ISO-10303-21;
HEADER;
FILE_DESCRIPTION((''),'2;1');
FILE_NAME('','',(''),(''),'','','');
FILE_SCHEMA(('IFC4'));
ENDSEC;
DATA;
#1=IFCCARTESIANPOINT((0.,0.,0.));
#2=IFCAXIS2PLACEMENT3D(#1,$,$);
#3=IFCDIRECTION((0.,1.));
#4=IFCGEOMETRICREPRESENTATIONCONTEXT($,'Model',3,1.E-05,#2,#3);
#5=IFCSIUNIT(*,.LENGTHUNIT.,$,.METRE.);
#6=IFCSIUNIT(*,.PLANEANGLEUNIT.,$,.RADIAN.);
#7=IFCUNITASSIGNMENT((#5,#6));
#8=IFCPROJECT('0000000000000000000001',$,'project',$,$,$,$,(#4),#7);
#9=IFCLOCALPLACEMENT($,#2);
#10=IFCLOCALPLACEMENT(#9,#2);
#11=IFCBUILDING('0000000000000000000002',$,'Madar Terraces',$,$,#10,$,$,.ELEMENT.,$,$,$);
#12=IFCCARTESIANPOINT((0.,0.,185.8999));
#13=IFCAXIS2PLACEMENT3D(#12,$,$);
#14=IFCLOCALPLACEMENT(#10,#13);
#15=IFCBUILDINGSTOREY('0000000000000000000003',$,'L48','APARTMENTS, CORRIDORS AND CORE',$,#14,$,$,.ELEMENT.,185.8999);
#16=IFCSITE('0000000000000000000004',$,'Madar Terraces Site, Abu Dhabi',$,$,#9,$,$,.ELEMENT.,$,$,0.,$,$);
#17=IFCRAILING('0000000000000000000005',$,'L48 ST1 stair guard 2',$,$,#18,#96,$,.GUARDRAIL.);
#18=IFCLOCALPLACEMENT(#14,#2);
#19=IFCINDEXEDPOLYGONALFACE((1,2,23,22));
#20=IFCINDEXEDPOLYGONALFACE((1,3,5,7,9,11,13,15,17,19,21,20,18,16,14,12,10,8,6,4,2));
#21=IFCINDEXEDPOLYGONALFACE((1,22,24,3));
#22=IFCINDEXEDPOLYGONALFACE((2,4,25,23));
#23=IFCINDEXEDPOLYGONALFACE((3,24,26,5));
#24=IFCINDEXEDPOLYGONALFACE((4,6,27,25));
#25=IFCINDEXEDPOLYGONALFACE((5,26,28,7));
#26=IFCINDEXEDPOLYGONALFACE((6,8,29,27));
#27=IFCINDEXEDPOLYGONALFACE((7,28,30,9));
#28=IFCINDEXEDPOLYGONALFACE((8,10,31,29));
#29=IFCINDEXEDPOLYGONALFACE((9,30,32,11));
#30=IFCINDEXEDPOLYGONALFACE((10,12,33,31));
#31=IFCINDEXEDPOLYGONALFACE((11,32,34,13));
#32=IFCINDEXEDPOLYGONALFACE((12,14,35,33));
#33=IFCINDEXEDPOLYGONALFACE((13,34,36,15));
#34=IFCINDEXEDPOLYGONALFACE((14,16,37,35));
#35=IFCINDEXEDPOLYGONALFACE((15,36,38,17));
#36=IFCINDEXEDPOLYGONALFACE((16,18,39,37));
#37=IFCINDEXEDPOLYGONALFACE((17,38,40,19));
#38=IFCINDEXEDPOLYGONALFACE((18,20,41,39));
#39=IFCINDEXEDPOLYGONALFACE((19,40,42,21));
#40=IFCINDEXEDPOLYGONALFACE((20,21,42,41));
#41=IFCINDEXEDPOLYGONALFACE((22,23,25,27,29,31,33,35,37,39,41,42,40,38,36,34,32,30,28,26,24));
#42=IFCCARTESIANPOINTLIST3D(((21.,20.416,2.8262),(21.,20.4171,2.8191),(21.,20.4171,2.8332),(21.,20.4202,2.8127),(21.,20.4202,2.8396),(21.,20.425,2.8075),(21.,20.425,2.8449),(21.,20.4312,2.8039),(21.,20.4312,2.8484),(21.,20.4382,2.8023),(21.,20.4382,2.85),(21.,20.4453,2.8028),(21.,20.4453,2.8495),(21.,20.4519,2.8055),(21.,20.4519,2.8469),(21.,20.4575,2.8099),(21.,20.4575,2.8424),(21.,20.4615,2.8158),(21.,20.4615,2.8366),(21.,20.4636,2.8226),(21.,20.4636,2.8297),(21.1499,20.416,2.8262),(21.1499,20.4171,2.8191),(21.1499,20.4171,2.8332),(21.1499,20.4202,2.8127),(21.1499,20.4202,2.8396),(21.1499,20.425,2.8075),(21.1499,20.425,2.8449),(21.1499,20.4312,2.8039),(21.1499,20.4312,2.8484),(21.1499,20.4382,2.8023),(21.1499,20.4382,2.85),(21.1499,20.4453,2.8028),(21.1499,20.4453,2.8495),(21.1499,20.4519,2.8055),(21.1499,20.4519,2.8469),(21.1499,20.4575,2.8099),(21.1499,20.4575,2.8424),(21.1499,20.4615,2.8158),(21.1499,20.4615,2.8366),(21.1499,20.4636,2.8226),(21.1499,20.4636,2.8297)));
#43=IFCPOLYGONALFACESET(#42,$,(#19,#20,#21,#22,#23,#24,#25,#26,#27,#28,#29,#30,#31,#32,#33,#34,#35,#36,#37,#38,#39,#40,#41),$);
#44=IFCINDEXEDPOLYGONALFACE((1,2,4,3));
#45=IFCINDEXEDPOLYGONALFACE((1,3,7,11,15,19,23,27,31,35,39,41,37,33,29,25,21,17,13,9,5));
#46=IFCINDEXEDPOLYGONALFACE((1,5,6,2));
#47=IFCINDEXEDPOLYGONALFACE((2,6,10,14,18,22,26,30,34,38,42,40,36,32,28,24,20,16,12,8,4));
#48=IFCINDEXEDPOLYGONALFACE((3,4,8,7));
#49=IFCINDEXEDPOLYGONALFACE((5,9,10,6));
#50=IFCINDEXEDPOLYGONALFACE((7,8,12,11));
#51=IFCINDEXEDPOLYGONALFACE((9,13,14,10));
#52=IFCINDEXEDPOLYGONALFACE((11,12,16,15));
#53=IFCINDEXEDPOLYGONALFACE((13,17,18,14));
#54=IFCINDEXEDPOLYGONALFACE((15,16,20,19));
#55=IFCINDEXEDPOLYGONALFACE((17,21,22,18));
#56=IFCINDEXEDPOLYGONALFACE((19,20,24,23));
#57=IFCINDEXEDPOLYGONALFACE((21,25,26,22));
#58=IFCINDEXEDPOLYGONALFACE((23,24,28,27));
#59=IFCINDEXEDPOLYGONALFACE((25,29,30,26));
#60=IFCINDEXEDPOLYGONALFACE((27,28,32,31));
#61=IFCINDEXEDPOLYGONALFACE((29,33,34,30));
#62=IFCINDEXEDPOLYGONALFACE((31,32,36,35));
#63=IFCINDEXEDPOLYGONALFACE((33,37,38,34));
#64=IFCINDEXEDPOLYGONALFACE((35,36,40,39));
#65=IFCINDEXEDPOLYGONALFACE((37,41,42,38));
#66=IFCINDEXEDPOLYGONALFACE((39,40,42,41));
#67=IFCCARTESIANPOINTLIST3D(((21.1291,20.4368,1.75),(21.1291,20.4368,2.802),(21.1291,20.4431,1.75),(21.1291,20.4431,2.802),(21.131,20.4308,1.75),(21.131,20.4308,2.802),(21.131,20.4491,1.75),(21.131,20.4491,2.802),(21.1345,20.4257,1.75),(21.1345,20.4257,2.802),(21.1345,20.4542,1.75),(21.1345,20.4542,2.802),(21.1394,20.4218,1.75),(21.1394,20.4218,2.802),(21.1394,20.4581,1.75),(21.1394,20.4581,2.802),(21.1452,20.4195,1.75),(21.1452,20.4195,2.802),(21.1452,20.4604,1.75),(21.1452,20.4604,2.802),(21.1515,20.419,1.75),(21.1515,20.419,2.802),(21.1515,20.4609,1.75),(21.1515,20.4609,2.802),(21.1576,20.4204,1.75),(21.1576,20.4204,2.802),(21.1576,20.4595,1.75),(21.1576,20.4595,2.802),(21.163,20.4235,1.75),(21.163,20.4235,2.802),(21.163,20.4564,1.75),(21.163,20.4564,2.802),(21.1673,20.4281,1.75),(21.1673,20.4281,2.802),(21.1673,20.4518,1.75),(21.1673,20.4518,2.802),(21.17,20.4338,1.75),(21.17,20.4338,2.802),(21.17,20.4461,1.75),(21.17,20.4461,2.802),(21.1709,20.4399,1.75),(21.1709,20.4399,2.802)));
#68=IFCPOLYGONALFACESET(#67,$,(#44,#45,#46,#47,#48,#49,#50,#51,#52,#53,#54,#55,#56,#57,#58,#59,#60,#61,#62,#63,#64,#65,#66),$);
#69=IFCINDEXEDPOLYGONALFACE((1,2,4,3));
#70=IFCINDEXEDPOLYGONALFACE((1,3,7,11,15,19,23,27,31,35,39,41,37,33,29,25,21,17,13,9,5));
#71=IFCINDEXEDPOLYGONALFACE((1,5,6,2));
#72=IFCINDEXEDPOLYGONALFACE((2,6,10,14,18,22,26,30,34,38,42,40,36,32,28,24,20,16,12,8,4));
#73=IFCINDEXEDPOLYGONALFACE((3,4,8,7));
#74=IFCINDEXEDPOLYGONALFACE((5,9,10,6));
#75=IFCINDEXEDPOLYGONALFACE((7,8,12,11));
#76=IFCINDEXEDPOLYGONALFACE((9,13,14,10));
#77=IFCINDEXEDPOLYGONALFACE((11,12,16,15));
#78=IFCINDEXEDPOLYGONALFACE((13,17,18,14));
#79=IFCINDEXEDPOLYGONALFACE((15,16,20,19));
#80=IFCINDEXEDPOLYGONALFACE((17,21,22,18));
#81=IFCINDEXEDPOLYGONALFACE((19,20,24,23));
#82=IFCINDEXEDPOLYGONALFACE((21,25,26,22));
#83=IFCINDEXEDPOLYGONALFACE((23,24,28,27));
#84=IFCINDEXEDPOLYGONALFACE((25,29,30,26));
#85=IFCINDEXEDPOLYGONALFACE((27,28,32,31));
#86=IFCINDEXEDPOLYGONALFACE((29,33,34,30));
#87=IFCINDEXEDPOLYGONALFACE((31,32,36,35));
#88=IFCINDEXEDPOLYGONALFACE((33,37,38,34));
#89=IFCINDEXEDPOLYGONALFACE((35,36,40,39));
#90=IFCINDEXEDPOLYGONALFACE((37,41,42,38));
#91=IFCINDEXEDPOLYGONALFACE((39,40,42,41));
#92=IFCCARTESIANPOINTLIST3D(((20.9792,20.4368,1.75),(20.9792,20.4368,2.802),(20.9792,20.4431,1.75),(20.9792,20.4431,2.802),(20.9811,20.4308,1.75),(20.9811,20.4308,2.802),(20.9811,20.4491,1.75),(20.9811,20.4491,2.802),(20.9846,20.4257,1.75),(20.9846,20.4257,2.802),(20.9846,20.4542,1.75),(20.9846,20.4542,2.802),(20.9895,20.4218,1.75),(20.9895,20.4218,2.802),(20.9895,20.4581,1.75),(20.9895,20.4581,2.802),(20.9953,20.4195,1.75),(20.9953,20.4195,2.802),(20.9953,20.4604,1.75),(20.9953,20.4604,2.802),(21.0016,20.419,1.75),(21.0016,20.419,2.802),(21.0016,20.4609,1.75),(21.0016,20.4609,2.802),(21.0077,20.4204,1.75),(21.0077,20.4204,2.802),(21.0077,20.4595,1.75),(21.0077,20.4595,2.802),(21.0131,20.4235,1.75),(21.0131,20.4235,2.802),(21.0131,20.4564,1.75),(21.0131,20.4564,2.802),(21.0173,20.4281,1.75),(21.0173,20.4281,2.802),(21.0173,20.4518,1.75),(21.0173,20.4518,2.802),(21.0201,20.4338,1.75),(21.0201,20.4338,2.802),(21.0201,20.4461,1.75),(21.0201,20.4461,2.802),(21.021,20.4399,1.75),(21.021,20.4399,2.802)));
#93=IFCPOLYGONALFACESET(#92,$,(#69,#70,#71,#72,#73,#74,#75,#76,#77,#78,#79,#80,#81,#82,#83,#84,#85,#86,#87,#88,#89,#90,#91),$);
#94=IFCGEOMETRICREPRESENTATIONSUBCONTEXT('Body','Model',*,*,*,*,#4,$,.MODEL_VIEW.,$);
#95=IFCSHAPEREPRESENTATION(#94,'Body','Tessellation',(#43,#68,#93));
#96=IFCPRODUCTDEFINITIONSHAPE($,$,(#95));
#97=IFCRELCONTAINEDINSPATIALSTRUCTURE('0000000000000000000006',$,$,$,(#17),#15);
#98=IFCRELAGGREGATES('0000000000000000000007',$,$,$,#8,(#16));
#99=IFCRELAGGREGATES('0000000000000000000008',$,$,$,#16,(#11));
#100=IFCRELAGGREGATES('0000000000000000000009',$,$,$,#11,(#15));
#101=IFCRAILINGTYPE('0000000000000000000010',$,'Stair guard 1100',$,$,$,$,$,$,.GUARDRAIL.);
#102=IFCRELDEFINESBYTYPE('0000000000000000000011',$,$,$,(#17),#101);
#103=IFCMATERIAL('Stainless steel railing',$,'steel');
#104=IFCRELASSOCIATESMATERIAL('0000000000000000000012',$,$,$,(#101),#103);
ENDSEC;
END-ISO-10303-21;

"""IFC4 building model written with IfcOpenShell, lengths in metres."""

from ifc_helpers import new_model, si_unit, direction, frame, origin, origin_2d, place, context, subcontext, project, spatial, circle, extrude, material, type_object, element, save


model = new_model("IFC4")

# Units and contexts
model_context = context("Model", 3, precision=1e-05, world=origin(), true_north=direction((0.0, 1.0)))
body_context = subcontext(model_context, "Body", "Model", "MODEL_VIEW")
ifc_project = project(units=[si_unit("LENGTHUNIT", "METRE"), si_unit("PLANEANGLEUNIT", "RADIAN")], contexts=[model_context])

# Site, building, storey
site_placement = place(None, origin())
site = spatial("IfcSite", under=ifc_project, at=site_placement, Name="Madar Terraces Site, Abu Dhabi", CompositionType="ELEMENT", RefElevation=0.0)
building_placement = place(site_placement, origin())
building = spatial("IfcBuilding", under=site, at=building_placement, Name="Madar Terraces", CompositionType="ELEMENT")
storey_placement = place(building_placement, frame((0.0, 0.0, 185.8999)))
storey = spatial("IfcBuildingStorey", under=building, at=storey_placement, Name="L48", Description="APARTMENTS, CORRIDORS AND CORE", CompositionType="ELEMENT", Elevation=185.8999)

# Railing
ifc_material_1 = material(Name="Stainless steel railing", Category="steel")
railing_type_1 = type_object("IfcRailingType", Name="Stair guard 1100", PredefinedType="GUARDRAIL", material=ifc_material_1)
railing_1_placement = place(storey_placement, frame((21.1499, 20.4399, 1.75)))
element("IfcRailing", 1, at=railing_1_placement, inside=storey, type_object=railing_type_1, Name="L48 ST1 stair guard 2", PredefinedType="GUARDRAIL", context=body_context, shape_type="SweptSolid", body=[
    extrude(circle(Radius=0.0239, at=origin_2d()), frame((0.0, 0.0, 1.0762), z_axis=(-1.0, 0.0, 0.0), x_axis=(0.0, -1.0, 0.0)), (0.0, 0.0, 1.0), 0.1499),
    extrude(circle(Radius=0.021, at=origin_2d()), origin(), (0.0, 0.0, 1.0), 1.052),
    extrude(circle(Radius=0.021, at=origin_2d()), frame((-0.1499, 0.0, 0.0)), (0.0, 0.0, 1.0), 1.052),
])

save(model, "model.ifc")
